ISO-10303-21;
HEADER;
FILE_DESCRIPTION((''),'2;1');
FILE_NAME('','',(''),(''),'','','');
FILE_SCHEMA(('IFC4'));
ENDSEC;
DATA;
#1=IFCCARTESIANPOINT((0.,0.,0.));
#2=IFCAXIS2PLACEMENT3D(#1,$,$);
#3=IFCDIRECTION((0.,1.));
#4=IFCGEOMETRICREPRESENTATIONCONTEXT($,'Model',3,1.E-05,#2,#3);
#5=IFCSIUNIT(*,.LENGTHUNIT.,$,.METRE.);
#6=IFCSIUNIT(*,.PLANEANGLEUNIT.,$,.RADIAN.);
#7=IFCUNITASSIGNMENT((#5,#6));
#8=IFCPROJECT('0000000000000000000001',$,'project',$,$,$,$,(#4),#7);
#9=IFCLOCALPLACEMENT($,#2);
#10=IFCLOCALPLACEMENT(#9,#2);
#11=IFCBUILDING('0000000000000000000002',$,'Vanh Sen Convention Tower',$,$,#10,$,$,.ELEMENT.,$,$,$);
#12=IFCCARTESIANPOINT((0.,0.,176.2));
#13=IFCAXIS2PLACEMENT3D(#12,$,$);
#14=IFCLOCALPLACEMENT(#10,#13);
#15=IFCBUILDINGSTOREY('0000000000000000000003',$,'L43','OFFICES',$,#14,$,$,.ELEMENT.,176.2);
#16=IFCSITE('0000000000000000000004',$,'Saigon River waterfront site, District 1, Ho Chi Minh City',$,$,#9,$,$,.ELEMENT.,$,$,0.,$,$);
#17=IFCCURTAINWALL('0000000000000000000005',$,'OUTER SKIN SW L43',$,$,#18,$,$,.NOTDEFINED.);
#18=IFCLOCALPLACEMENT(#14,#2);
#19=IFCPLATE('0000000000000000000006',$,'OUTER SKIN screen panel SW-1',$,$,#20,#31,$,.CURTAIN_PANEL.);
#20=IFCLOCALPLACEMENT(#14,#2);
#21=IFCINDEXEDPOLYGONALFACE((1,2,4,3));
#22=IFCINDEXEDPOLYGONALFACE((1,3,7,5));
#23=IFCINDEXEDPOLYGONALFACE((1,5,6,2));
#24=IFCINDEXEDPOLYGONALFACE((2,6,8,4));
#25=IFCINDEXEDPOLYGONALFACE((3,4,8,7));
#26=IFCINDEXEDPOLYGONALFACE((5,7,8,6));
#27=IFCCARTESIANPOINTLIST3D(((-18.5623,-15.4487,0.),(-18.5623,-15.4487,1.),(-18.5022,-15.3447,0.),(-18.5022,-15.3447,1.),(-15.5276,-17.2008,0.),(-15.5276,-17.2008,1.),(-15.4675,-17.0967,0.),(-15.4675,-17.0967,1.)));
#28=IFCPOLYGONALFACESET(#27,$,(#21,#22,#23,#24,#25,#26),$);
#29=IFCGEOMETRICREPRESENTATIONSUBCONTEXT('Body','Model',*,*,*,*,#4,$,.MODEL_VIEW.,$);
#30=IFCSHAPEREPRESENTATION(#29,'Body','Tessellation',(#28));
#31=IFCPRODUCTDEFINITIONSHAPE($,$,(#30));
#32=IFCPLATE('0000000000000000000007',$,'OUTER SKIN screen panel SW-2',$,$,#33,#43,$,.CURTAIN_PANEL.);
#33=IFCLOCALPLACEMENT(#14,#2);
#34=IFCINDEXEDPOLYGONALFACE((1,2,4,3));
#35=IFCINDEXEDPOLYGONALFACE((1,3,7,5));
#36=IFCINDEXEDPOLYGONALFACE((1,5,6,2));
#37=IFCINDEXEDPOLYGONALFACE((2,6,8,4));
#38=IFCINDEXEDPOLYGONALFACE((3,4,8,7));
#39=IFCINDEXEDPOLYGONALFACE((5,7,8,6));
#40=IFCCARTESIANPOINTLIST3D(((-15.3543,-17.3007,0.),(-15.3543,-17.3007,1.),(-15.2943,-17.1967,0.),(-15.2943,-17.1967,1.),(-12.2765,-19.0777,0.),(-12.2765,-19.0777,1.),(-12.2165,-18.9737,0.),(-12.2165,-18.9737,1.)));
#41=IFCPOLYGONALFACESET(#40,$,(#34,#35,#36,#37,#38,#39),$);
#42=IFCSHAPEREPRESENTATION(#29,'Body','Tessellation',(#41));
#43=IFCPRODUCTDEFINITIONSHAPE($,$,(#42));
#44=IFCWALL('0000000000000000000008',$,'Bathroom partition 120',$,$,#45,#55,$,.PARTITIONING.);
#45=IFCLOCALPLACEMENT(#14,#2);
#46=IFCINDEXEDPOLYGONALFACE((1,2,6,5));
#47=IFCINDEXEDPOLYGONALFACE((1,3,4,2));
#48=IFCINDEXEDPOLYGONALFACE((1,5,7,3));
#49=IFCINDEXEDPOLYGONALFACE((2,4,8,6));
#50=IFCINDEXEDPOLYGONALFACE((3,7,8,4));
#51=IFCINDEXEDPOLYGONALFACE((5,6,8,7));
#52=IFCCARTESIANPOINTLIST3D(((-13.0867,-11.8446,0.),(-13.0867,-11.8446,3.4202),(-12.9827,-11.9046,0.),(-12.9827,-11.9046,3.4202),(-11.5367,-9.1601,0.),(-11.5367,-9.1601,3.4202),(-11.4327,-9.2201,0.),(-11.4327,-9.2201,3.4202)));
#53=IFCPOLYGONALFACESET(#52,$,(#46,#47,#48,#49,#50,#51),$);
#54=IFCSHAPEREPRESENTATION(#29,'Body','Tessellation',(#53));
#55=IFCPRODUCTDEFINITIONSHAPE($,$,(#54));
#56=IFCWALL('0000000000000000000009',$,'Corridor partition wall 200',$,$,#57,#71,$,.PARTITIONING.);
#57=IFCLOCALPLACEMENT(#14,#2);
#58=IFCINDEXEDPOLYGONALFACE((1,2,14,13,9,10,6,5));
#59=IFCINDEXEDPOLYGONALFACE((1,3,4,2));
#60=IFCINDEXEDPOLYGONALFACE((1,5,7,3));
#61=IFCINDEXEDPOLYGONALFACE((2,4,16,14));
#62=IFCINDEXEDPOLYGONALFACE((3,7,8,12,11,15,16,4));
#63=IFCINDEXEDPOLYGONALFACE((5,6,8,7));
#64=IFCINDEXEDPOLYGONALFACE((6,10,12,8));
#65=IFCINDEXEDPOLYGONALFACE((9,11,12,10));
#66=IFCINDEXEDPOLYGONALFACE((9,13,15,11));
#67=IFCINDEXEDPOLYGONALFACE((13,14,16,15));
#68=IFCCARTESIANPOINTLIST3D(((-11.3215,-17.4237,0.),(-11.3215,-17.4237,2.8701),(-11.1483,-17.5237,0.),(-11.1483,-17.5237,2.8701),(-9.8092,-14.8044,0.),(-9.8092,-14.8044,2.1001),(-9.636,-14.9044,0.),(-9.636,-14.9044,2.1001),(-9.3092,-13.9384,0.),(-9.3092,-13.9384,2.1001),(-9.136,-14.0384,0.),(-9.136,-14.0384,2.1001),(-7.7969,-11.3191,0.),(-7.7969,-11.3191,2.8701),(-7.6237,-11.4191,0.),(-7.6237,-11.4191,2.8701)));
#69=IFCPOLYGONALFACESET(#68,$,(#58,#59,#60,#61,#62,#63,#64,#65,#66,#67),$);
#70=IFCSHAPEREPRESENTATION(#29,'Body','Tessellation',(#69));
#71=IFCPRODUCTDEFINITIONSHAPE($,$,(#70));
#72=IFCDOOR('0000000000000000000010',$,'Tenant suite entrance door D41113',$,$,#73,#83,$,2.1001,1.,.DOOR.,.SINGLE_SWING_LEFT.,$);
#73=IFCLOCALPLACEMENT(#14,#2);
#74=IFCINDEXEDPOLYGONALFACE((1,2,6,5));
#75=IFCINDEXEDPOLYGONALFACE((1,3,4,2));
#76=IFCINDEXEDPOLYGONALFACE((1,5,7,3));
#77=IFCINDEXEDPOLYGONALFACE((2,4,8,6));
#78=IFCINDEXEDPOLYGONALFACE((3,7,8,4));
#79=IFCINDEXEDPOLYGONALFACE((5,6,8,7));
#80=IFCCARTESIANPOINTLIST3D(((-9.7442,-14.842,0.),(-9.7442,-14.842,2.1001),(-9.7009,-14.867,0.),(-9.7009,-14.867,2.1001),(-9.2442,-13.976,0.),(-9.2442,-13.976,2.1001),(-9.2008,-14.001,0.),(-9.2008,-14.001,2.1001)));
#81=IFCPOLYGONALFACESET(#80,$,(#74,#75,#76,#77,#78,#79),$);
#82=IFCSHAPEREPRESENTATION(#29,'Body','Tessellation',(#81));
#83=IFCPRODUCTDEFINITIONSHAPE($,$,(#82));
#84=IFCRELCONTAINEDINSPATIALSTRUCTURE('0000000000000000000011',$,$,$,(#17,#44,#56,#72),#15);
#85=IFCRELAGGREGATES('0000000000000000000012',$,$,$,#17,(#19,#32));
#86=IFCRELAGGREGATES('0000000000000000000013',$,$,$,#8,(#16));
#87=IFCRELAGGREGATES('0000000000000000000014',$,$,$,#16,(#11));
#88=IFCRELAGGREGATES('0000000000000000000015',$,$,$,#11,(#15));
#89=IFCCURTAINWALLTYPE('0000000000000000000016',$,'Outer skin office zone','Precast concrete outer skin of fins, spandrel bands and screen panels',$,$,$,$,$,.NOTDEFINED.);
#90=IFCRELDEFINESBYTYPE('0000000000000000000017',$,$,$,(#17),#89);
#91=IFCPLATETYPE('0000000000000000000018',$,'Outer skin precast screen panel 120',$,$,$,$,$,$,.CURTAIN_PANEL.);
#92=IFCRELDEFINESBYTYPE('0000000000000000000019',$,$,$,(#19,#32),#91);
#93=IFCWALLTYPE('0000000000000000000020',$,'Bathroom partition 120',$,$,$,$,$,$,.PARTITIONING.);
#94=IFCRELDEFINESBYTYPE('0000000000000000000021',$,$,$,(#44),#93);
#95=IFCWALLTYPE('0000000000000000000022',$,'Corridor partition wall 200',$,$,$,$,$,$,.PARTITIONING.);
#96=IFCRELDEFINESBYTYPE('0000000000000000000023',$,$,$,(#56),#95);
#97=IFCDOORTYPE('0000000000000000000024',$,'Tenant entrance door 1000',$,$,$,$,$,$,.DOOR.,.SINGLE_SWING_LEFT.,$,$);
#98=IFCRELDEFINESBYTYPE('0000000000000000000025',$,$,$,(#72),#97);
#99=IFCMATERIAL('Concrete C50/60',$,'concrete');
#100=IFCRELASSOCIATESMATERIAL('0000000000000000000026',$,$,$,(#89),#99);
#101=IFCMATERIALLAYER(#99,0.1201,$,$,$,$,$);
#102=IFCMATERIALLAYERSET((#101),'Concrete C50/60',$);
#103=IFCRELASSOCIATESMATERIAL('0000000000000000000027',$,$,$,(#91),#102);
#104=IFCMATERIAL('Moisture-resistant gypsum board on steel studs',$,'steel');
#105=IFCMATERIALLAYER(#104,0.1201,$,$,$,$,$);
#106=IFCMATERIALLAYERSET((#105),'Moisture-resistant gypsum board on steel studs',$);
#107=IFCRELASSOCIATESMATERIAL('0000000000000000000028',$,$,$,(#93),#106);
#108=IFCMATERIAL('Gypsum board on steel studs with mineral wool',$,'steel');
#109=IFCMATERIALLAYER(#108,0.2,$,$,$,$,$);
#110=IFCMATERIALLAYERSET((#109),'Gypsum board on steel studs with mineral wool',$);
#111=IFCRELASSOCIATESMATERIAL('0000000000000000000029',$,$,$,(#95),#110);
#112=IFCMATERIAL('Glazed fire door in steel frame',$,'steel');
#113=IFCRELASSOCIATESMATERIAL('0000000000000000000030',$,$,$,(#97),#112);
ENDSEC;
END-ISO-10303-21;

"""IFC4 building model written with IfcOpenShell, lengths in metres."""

from ifc_helpers import new_model, si_unit, direction, frame, frame_2d, origin, origin_2d, place, context, subcontext, project, spatial, rectangle, extrude, material, layer, layer_set, type_object, element, fill, aggregate, save


model = new_model("IFC4")

# Units and contexts
model_context = context("Model", 3, precision=1e-05, world=origin(), true_north=direction((0.0, 1.0)))
body_context = subcontext(model_context, "Body", "Model", "MODEL_VIEW")
ifc_project = project(units=[si_unit("LENGTHUNIT", "METRE"), si_unit("PLANEANGLEUNIT", "RADIAN")], contexts=[model_context])

# Site, building, storey
site_placement = place(None, origin())
site = spatial("IfcSite", under=ifc_project, at=site_placement, Name="Saigon River waterfront site, District 1, Ho Chi Minh City", CompositionType="ELEMENT", RefElevation=0.0)
building_placement = place(site_placement, origin())
building = spatial("IfcBuilding", under=site, at=building_placement, Name="Vanh Sen Convention Tower", CompositionType="ELEMENT")
storey_placement = place(building_placement, frame((0.0, 0.0, 176.2)))
storey = spatial("IfcBuildingStorey", under=building, at=storey_placement, Name="L43", Description="OFFICES", CompositionType="ELEMENT", Elevation=176.2)

# Curtain wall
ifc_material_1 = material(Name="Concrete C50/60", Category="concrete")
curtain_wall_type = type_object("IfcCurtainWallType", Name="Outer skin office zone", Description="Precast concrete outer skin of fins, spandrel bands and screen panels", PredefinedType="NOTDEFINED", material=ifc_material_1)
curtain_wall_1_placement = place(storey_placement, origin())
curtain_wall_1 = element("IfcCurtainWall", 1, at=curtain_wall_1_placement, inside=storey, type_object=curtain_wall_type, Name="OUTER SKIN SW L43", PredefinedType="NOTDEFINED")

# Shared definitions
ifc_layer_1 = layer(ifc_material_1, 0.1201)
ifc_layer_set_1 = layer_set([ifc_layer_1], Name="Concrete C50/60")
plate_type = type_object("IfcPlateType", Name="Outer skin precast screen panel 120", PredefinedType="CURTAIN_PANEL", material=ifc_layer_set_1)

# Plates
plate_1_placement = place(storey_placement, frame((-17.0149, -16.2727, 0.0), z_axis=(0.0, 0.0, 1.0), x_axis=(0.866024, -0.500003, 0.0)))
plate_1 = element("IfcPlate", 2, at=plate_1_placement, type_object=plate_type, Name="OUTER SKIN screen panel SW-1", PredefinedType="CURTAIN_PANEL", context=body_context, shape_type="SweptSolid", body=[
    extrude(rectangle(XDim=3.5042, YDim=0.1201, at=origin_2d()), origin(), (0.0, 0.0, 1.0), 1.0),
])
plate_2_placement = place(storey_placement, frame((-13.7854, -18.1372, 0.0), z_axis=(0.0, 0.0, 1.0), x_axis=(0.866028, -0.499995, 0.0)))
plate_2 = element("IfcPlate", 3, at=plate_2_placement, type_object=plate_type, Name="OUTER SKIN screen panel SW-2", PredefinedType="CURTAIN_PANEL", context=body_context, shape_type="SweptSolid", body=[
    extrude(rectangle(XDim=3.554, YDim=0.1201, at=origin_2d()), origin(), (0.0, 0.0, 1.0), 1.0),
])
aggregate(curtain_wall_1, [plate_1, plate_2])

# Wall
ifc_material_2 = material(Name="Moisture-resistant gypsum board on steel studs", Category="steel")
ifc_layer_2 = layer(ifc_material_2, 0.1201)
ifc_layer_set_2 = layer_set([ifc_layer_2], Name="Moisture-resistant gypsum board on steel studs")
wall_type_1 = type_object("IfcWallType", Name="Bathroom partition 120", PredefinedType="PARTITIONING", material=ifc_layer_set_2)
wall_1_placement = place(storey_placement, frame((-13.0347, -11.8745, 0.0), z_axis=(0.0, 0.0, 1.0), x_axis=(0.500027, 0.86601, 0.0)))
element("IfcWall", 4, at=wall_1_placement, inside=storey, type_object=wall_type_1, Name="Bathroom partition 120", PredefinedType="PARTITIONING", context=body_context, shape_type="SweptSolid", body=[
    extrude(rectangle(XDim=3.0999, YDim=0.1201, at=frame_2d((1.5498, 0.0))), origin(), (0.0, 0.0, 1.0), 3.4202),
])

# Wall, opening, door
ifc_material_3 = material(Name="Gypsum board on steel studs with mineral wool", Category="steel")
ifc_layer_3 = layer(ifc_material_3, 0.2)
ifc_layer_set_3 = layer_set([ifc_layer_3], Name="Gypsum board on steel studs with mineral wool")
wall_type_2 = type_object("IfcWallType", Name="Corridor partition wall 200", PredefinedType="PARTITIONING", material=ifc_layer_set_3)
wall_2_placement = place(storey_placement, frame((-11.2349, -17.4736, 0.0), z_axis=(0.0, 0.0, 1.0), x_axis=(0.500009, 0.86602, 0.0)))
wall_2 = element("IfcWall", 5, at=wall_2_placement, inside=storey, type_object=wall_type_2, Name="Corridor partition wall 200", PredefinedType="PARTITIONING", context=body_context, shape_type="SweptSolid", body=[
    extrude(rectangle(XDim=7.0491, YDim=0.2, at=frame_2d((3.5244, 0.0))), origin(), (0.0, 0.0, 1.0), 2.8701),
])
opening_1_placement = place(wall_2_placement, frame((3.0244, 0.0, 0.0)))
opening_1 = element("IfcOpeningElement", 6, at=opening_1_placement, cuts=wall_2, PredefinedType="OPENING", context=body_context, shape_type="SweptSolid", body=[
    extrude(rectangle(XDim=1.0, YDim=2.1001, at=frame_2d((0.5, 1.05))), frame((0.0, 0.1099, 0.0), z_axis=(0.0, -1.0, 0.0), x_axis=(1.0, 0.0, 0.0)), (0.0, 0.0, 1.0), 0.22),
])
ifc_material_4 = material(Name="Glazed fire door in steel frame", Category="steel")
door_type = type_object("IfcDoorType", Name="Tenant entrance door 1000", OperationType="SINGLE_SWING_LEFT", PredefinedType="DOOR", material=ifc_material_4)
door_placement = place(opening_1_placement, origin())
door = element("IfcDoor", 7, at=door_placement, inside=storey, type_object=door_type, Name="Tenant suite entrance door D41113", OperationType="SINGLE_SWING_LEFT", OverallHeight=2.1001, OverallWidth=1.0, PredefinedType="DOOR", context=body_context, shape_type="SweptSolid", body=[
    extrude(rectangle(XDim=1.0, YDim=2.1001, at=frame_2d((0.5, 1.05))), frame((0.0, 0.0249, 0.0), z_axis=(0.0, -1.0, 0.0), x_axis=(1.0, 0.0, 0.0)), (0.0, 0.0, 1.0), 0.05),
])
fill(opening_1, door)

save(model, "model.ifc")
